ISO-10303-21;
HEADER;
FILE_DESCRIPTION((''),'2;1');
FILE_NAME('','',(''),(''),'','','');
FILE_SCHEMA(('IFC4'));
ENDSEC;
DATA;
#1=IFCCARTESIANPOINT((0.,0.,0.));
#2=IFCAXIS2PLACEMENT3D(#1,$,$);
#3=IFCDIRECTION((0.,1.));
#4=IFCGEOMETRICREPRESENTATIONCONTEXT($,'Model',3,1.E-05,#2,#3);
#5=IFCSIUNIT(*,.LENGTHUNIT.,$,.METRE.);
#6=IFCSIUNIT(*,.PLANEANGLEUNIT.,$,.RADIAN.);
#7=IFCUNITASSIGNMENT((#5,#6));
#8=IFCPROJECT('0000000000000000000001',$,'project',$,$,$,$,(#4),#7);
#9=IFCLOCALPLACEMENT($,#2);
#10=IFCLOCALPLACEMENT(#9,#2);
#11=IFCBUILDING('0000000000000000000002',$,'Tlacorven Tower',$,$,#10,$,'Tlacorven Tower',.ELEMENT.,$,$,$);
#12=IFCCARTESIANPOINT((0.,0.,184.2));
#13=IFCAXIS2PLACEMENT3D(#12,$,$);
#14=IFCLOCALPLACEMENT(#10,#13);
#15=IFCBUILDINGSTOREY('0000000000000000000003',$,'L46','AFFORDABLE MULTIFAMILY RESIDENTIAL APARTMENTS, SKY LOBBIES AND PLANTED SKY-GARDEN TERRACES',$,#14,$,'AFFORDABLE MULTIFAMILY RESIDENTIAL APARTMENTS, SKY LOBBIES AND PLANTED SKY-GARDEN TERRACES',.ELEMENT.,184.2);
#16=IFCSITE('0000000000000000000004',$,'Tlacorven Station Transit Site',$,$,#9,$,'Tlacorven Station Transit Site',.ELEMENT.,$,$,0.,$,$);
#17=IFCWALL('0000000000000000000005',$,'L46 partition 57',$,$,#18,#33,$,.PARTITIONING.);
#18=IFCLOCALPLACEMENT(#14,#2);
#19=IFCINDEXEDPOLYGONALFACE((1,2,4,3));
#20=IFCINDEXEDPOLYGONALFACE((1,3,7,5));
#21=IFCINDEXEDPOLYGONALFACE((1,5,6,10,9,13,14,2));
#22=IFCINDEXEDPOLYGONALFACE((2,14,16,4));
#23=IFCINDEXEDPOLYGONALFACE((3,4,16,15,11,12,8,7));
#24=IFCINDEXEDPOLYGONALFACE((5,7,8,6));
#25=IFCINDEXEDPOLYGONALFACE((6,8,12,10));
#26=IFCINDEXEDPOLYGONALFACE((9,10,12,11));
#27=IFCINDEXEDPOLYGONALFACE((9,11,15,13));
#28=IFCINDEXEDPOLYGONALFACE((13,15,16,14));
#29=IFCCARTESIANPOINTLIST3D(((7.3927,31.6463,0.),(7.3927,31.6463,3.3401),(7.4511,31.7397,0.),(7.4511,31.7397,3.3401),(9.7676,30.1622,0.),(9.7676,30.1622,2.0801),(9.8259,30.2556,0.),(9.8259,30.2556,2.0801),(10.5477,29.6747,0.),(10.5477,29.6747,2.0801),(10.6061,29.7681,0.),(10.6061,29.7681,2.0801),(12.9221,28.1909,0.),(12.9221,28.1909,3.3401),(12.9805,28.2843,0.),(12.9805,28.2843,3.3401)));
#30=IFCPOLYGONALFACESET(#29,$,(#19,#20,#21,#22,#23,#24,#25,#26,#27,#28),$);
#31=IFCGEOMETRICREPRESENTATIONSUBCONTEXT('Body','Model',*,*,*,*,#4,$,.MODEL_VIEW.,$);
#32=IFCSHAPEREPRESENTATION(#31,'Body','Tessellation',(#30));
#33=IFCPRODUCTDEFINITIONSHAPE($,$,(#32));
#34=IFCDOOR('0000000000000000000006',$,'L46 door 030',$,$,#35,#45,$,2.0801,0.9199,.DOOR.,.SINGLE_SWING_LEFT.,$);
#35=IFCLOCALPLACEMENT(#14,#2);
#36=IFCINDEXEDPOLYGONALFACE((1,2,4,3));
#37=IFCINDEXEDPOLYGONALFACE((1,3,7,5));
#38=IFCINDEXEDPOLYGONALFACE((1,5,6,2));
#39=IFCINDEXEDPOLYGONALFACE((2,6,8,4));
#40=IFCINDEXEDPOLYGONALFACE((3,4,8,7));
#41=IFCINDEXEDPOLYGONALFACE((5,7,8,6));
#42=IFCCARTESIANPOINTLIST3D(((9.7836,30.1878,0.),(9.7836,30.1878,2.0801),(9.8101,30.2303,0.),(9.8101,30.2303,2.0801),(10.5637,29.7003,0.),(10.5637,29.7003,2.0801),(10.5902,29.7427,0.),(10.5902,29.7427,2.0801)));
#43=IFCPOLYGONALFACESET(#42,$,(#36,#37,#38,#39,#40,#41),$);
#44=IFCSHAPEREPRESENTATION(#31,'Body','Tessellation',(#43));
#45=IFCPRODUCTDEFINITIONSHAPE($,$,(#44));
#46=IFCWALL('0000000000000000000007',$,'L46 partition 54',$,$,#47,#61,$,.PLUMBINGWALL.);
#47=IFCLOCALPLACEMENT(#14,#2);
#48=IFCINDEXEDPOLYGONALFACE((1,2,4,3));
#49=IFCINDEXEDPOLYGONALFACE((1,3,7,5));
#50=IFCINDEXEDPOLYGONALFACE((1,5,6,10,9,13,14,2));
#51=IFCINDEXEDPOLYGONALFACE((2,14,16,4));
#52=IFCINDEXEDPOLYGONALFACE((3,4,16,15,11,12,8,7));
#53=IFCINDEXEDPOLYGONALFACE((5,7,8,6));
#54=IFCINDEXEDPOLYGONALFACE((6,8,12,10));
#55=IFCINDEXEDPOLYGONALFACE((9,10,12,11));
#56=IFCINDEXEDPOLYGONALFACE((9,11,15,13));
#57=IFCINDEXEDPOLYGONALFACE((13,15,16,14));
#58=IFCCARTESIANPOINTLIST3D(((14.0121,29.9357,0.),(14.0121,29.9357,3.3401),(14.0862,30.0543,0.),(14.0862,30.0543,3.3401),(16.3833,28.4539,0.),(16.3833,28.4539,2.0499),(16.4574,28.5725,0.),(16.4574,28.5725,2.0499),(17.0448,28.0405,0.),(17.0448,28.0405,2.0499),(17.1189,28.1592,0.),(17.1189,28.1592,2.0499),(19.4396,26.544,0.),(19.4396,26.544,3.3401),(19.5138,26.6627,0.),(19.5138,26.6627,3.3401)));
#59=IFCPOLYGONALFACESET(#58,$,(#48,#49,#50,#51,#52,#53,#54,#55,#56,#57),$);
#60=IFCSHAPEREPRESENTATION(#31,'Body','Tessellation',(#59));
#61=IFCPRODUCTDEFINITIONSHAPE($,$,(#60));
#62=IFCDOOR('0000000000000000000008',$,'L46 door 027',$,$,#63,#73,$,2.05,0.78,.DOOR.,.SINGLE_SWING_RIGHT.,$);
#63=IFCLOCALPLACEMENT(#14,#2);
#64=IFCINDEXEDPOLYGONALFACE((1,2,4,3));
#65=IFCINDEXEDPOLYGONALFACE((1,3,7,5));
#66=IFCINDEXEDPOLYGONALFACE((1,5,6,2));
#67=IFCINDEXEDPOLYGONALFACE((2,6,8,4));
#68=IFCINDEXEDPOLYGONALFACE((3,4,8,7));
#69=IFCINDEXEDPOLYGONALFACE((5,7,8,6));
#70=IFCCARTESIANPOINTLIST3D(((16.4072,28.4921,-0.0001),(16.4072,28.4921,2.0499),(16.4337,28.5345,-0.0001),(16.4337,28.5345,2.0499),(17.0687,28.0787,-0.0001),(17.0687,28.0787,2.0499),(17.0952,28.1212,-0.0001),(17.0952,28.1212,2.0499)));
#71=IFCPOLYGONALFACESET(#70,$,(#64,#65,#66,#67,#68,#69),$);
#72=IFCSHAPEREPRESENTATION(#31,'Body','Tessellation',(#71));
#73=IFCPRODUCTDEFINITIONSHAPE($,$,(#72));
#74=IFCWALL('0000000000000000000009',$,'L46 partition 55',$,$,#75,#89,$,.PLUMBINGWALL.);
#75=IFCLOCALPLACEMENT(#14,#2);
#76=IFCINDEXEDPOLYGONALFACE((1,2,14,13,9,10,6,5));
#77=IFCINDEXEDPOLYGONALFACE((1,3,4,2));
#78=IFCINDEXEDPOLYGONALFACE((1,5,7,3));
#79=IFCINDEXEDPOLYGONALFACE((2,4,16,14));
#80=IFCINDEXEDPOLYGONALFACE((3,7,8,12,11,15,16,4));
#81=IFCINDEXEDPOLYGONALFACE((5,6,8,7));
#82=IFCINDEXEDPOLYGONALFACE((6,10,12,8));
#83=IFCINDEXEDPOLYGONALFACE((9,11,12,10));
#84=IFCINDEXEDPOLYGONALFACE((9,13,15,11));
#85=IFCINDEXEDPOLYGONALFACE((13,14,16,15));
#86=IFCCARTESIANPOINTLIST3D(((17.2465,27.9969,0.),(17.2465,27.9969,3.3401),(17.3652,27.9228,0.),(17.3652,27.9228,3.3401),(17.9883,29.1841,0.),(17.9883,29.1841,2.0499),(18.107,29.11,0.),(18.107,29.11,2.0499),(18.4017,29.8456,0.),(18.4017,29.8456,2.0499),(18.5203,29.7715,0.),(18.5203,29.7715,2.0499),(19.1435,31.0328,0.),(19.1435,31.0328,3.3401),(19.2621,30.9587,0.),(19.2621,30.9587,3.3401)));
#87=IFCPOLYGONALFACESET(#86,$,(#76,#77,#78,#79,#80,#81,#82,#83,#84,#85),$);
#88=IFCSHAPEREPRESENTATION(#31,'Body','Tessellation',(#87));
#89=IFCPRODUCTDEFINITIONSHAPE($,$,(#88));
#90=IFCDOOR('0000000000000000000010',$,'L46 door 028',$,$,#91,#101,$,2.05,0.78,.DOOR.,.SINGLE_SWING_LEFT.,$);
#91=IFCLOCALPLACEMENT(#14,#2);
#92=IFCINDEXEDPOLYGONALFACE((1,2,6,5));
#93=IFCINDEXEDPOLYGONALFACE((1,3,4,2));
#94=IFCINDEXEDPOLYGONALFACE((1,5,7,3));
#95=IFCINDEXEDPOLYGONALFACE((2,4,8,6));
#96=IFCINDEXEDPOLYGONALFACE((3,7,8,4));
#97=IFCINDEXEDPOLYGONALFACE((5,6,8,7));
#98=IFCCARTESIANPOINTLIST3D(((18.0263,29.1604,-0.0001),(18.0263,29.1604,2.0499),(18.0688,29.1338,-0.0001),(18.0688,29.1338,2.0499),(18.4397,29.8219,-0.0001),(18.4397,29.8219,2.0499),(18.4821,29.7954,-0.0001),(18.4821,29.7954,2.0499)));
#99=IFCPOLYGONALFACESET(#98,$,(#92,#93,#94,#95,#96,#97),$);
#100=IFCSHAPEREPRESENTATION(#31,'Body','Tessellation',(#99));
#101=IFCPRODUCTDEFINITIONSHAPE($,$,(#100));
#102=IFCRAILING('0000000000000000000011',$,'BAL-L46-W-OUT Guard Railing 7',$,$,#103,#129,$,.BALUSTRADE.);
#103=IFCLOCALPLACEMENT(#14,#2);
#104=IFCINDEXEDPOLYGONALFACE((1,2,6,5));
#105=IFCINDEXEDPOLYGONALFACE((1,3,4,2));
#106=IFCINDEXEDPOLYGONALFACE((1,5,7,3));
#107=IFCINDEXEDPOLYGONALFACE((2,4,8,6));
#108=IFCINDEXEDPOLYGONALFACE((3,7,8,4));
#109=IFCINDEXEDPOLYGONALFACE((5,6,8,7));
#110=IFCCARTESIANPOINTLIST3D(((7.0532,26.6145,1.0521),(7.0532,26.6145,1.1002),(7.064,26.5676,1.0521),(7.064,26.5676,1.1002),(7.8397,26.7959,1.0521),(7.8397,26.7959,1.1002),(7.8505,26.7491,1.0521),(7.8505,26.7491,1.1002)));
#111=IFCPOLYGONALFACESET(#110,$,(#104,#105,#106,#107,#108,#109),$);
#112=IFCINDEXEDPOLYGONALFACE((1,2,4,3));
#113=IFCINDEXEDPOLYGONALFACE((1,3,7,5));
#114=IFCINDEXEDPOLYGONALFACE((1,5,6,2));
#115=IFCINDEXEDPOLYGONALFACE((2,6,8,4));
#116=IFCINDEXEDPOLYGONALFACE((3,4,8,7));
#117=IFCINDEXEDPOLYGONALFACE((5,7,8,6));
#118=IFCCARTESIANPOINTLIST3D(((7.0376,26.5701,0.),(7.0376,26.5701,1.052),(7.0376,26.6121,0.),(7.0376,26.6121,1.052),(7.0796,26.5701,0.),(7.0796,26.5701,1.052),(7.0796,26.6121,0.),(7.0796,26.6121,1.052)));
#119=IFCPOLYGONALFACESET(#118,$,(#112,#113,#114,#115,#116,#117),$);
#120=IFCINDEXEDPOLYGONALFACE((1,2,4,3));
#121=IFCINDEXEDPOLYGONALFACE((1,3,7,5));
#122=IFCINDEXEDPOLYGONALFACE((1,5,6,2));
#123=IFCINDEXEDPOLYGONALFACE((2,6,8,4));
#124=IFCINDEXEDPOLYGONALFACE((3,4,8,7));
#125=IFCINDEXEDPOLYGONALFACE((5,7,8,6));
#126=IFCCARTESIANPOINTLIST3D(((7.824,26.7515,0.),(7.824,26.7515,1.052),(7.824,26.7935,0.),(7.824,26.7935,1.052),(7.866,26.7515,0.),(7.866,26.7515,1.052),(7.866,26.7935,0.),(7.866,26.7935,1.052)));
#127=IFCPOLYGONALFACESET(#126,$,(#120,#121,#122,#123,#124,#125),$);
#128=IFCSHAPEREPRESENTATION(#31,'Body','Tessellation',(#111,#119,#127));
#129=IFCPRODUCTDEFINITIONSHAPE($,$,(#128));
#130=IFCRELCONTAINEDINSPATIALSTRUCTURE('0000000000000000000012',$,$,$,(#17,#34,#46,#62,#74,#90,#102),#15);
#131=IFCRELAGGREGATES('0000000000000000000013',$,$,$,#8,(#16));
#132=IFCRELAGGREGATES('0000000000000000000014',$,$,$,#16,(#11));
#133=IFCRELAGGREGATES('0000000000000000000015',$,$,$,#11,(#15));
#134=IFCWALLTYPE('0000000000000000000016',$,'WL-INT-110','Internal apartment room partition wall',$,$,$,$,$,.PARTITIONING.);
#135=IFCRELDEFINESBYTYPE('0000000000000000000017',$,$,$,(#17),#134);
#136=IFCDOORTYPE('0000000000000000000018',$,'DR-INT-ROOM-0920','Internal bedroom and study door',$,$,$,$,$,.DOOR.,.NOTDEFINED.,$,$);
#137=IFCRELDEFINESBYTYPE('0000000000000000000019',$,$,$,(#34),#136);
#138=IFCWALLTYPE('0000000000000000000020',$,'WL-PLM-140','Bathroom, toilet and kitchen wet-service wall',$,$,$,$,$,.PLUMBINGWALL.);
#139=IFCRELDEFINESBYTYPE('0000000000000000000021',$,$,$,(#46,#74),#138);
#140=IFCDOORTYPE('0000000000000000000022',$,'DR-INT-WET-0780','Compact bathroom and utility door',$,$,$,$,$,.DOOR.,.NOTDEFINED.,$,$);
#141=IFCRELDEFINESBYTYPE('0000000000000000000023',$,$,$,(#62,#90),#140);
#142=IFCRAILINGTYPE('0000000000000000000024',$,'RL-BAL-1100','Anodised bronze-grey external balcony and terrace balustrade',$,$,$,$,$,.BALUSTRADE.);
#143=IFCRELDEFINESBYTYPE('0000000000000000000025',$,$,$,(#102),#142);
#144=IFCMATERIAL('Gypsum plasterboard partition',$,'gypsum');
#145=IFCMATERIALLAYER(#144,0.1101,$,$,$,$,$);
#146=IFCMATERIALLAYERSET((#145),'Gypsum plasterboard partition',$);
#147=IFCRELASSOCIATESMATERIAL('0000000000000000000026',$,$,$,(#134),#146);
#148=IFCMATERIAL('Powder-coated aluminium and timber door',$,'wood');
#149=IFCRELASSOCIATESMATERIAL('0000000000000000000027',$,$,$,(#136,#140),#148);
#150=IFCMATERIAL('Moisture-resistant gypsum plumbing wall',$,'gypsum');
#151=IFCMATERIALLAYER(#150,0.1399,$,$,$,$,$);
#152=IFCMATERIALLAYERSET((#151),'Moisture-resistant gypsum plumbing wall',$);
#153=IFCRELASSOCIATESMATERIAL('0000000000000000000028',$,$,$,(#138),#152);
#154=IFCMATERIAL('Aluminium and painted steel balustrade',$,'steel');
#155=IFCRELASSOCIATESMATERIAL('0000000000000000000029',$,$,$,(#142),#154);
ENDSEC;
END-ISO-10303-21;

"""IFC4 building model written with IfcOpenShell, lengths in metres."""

from ifc_helpers import new_model, si_unit, direction, frame, frame_2d, origin, origin_2d, place, context, subcontext, project, spatial, rectangle, extrude, source, transform, mapped, material, layer, layer_set, type_object, element, fill, save


model = new_model("IFC4")

# Units and contexts
model_context = context("Model", 3, precision=1e-05, world=origin(), true_north=direction((0.0, 1.0)))
body_context = subcontext(model_context, "Body", "Model", "MODEL_VIEW")
ifc_project = project(units=[si_unit("LENGTHUNIT", "METRE"), si_unit("PLANEANGLEUNIT", "RADIAN")], contexts=[model_context])

# Site, building, storey
site_placement = place(None, origin())
site = spatial("IfcSite", under=ifc_project, at=site_placement, Name="Tlacorven Station Transit Site", LongName="Tlacorven Station Transit Site", CompositionType="ELEMENT", RefElevation=0.0)
building_placement = place(site_placement, origin())
building = spatial("IfcBuilding", under=site, at=building_placement, Name="Tlacorven Tower", LongName="Tlacorven Tower", CompositionType="ELEMENT")
storey_placement = place(building_placement, frame((0.0, 0.0, 184.2)))
storey = spatial("IfcBuildingStorey", under=building, at=storey_placement, Name="L46", Description="AFFORDABLE MULTIFAMILY RESIDENTIAL APARTMENTS, SKY LOBBIES AND PLANTED SKY-GARDEN TERRACES", LongName="AFFORDABLE MULTIFAMILY RESIDENTIAL APARTMENTS, SKY LOBBIES AND PLANTED SKY-GARDEN TERRACES", CompositionType="ELEMENT", Elevation=184.2)

# Walls, openings, doors
ifc_material_1 = material(Name="Gypsum plasterboard partition", Category="gypsum")
ifc_layer_1 = layer(ifc_material_1, 0.1101)
ifc_layer_set_1 = layer_set([ifc_layer_1], Name="Gypsum plasterboard partition")
wall_type_1 = type_object("IfcWallType", Name="WL-INT-110", Description="Internal apartment room partition wall", PredefinedType="PARTITIONING", material=ifc_layer_set_1)
ifc_material_2 = material(Name="Powder-coated aluminium and timber door", Category="wood")
door_type_1 = type_object("IfcDoorType", Name="DR-INT-ROOM-0920", Description="Internal bedroom and study door", OperationType="NOTDEFINED", PredefinedType="DOOR", material=ifc_material_2)
shared_shape_1 = source(origin(), body_context, "Body", "SweptSolid", [
    extrude(rectangle(XDim=0.9199, YDim=2.0801, at=frame_2d((0.46, 1.04))), frame((0.0, 0.0249, 0.0), z_axis=(0.0, -1.0, 0.0), x_axis=(1.0, 0.0, 0.0)), (0.0, 0.0, 1.0), 0.05),
])
wall_1_placement = place(storey_placement, frame((12.9514, 28.2375, 0.0), z_axis=(0.0, 0.0, 1.0), x_axis=(-0.848032, 0.529945, 0.0)))
wall_1 = element("IfcWall", 1, at=wall_1_placement, inside=storey, type_object=wall_type_1, Name="L46 partition 57", PredefinedType="PARTITIONING", context=body_context, shape_type="SweptSolid", body=[
    extrude(rectangle(XDim=6.5203, YDim=0.1101, at=frame_2d((3.2603, 0.0))), origin(), (0.0, 0.0, 1.0), 3.3401),
])
opening_1_placement = place(wall_1_placement, frame((2.8, 0.0, 0.0)))
opening_1 = element("IfcOpeningElement", 2, at=opening_1_placement, cuts=wall_1, PredefinedType="OPENING", context=body_context, shape_type="SweptSolid", body=[
    extrude(rectangle(XDim=0.9199, YDim=2.0801, at=frame_2d((0.46, 1.04))), frame((0.0, 0.0649, 0.0), z_axis=(0.0, -1.0, 0.0), x_axis=(1.0, 0.0, 0.0)), (0.0, 0.0, 1.0), 0.1301),
])
door_1_placement = place(opening_1_placement, origin())
door_1 = element("IfcDoor", 3, at=door_1_placement, inside=storey, type_object=door_type_1, Name="L46 door 030", OperationType="SINGLE_SWING_LEFT", OverallHeight=2.0801, OverallWidth=0.9199, PredefinedType="DOOR", context=body_context, shape_type="MappedRepresentation", body=[
    mapped(shared_shape_1, transform((0.0, 0.0, 0.0), scale=1.0)),
])
fill(opening_1, door_1)
ifc_material_3 = material(Name="Moisture-resistant gypsum plumbing wall", Category="gypsum")
ifc_layer_2 = layer(ifc_material_3, 0.1399)
ifc_layer_set_2 = layer_set([ifc_layer_2], Name="Moisture-resistant gypsum plumbing wall")
wall_type_2 = type_object("IfcWallType", Name="WL-PLM-140", Description="Bathroom, toilet and kitchen wet-service wall", PredefinedType="PLUMBINGWALL", material=ifc_layer_set_2)
wall_2_placement = place(storey_placement, frame((19.4768, 26.6033, 0.0), z_axis=(0.0, 0.0, 1.0), x_axis=(-0.848039, 0.529934, 0.0)))
wall_2 = element("IfcWall", 4, at=wall_2_placement, inside=storey, type_object=wall_type_2, Name="L46 partition 54", PredefinedType="PLUMBINGWALL", context=body_context, shape_type="SweptSolid", body=[
    extrude(rectangle(XDim=6.4001, YDim=0.1399, at=frame_2d((3.2002, 0.0))), origin(), (0.0, 0.0, 1.0), 3.3401),
])
opening_2_placement = place(wall_2_placement, frame((2.824, 0.0, 0.0)))
opening_2 = element("IfcOpeningElement", 5, at=opening_2_placement, cuts=wall_2, PredefinedType="OPENING", context=body_context, shape_type="SweptSolid", body=[
    extrude(rectangle(XDim=0.78, YDim=2.05, at=frame_2d((0.3901, 1.0249))), frame((0.0, 0.0801, 0.0), z_axis=(0.0, -1.0, 0.0), x_axis=(1.0, 0.0, 0.0)), (0.0, 0.0, 1.0), 0.1599),
])
door_type_2 = type_object("IfcDoorType", Name="DR-INT-WET-0780", Description="Compact bathroom and utility door", OperationType="NOTDEFINED", PredefinedType="DOOR", material=ifc_material_2)
shared_shape_2 = source(origin(), body_context, "Body", "SweptSolid", [
    extrude(rectangle(XDim=0.78, YDim=2.05, at=frame_2d((0.3901, 1.0249))), frame((0.0, 0.0249, 0.0), z_axis=(0.0, -1.0, 0.0), x_axis=(1.0, 0.0, 0.0)), (0.0, 0.0, 1.0), 0.05),
])
door_2_placement = place(opening_2_placement, origin())
door_2 = element("IfcDoor", 6, at=door_2_placement, inside=storey, type_object=door_type_2, Name="L46 door 027", OperationType="SINGLE_SWING_RIGHT", OverallHeight=2.05, OverallWidth=0.78, PredefinedType="DOOR", context=body_context, shape_type="MappedRepresentation", body=[
    mapped(shared_shape_2, transform((0.0, 0.0, 0.0), scale=1.0)),
])
fill(opening_2, door_2)
wall_3_placement = place(storey_placement, frame((19.2029, 30.9958, 0.0), z_axis=(0.0, 0.0, 1.0), x_axis=(-0.529907, -0.848056, 0.0)))
wall_3 = element("IfcWall", 7, at=wall_3_placement, inside=storey, type_object=wall_type_2, Name="L46 partition 55", PredefinedType="PLUMBINGWALL", context=body_context, shape_type="SweptSolid", body=[
    extrude(rectangle(XDim=3.5798, YDim=0.1399, at=frame_2d((1.79, 0.0))), origin(), (0.0, 0.0, 1.0), 3.3401),
])
opening_3_placement = place(wall_3_placement, frame((1.3999, 0.0, 0.0)))
opening_3 = element("IfcOpeningElement", 8, at=opening_3_placement, cuts=wall_3, PredefinedType="OPENING", context=body_context, shape_type="SweptSolid", body=[
    extrude(rectangle(XDim=0.78, YDim=2.05, at=frame_2d((0.3901, 1.0249))), frame((0.0, 0.0801, 0.0), z_axis=(0.0, -1.0, 0.0), x_axis=(1.0, 0.0, 0.0)), (0.0, 0.0, 1.0), 0.1599),
])
door_3_placement = place(opening_3_placement, origin())
door_3 = element("IfcDoor", 9, at=door_3_placement, inside=storey, type_object=door_type_2, Name="L46 door 028", OperationType="SINGLE_SWING_LEFT", OverallHeight=2.05, OverallWidth=0.78, PredefinedType="DOOR", context=body_context, shape_type="MappedRepresentation", body=[
    mapped(shared_shape_2, transform((0.0, 0.0, 0.0), scale=1.0)),
])
fill(opening_3, door_3)

# Railing
ifc_material_4 = material(Name="Aluminium and painted steel balustrade", Category="steel")
railing_type = type_object("IfcRailingType", Name="RL-BAL-1100", Description="Anodised bronze-grey external balcony and terrace balustrade", PredefinedType="BALUSTRADE", material=ifc_material_4)
shared_shape_3 = source(origin(), body_context, "Body", "SweptSolid", [
    extrude(rectangle(XDim=0.0481, YDim=0.0481, at=origin_2d()), frame((0.0, 0.0, 1.0762), z_axis=(0.974412, 0.224771, 0.0), x_axis=(-0.224771, 0.974412, 0.0)), (0.0, 0.0, 1.0), 0.8071),
    extrude(rectangle(XDim=0.042, YDim=0.042, at=origin_2d()), origin(), (0.0, 0.0, 1.0), 1.052),
    extrude(rectangle(XDim=0.042, YDim=0.042, at=origin_2d()), frame((0.7864, 0.1814, 0.0)), (0.0, 0.0, 1.0), 1.052),
])
railing_placement = place(storey_placement, frame((7.0586, 26.5911, 0.0)))
element("IfcRailing", 10, at=railing_placement, inside=storey, type_object=railing_type, Name="BAL-L46-W-OUT Guard Railing 7", PredefinedType="BALUSTRADE", context=body_context, shape_type="MappedRepresentation", body=[
    mapped(shared_shape_3, transform((0.0, 0.0, 0.0), scale=1.0)),
])

save(model, "model.ifc")
